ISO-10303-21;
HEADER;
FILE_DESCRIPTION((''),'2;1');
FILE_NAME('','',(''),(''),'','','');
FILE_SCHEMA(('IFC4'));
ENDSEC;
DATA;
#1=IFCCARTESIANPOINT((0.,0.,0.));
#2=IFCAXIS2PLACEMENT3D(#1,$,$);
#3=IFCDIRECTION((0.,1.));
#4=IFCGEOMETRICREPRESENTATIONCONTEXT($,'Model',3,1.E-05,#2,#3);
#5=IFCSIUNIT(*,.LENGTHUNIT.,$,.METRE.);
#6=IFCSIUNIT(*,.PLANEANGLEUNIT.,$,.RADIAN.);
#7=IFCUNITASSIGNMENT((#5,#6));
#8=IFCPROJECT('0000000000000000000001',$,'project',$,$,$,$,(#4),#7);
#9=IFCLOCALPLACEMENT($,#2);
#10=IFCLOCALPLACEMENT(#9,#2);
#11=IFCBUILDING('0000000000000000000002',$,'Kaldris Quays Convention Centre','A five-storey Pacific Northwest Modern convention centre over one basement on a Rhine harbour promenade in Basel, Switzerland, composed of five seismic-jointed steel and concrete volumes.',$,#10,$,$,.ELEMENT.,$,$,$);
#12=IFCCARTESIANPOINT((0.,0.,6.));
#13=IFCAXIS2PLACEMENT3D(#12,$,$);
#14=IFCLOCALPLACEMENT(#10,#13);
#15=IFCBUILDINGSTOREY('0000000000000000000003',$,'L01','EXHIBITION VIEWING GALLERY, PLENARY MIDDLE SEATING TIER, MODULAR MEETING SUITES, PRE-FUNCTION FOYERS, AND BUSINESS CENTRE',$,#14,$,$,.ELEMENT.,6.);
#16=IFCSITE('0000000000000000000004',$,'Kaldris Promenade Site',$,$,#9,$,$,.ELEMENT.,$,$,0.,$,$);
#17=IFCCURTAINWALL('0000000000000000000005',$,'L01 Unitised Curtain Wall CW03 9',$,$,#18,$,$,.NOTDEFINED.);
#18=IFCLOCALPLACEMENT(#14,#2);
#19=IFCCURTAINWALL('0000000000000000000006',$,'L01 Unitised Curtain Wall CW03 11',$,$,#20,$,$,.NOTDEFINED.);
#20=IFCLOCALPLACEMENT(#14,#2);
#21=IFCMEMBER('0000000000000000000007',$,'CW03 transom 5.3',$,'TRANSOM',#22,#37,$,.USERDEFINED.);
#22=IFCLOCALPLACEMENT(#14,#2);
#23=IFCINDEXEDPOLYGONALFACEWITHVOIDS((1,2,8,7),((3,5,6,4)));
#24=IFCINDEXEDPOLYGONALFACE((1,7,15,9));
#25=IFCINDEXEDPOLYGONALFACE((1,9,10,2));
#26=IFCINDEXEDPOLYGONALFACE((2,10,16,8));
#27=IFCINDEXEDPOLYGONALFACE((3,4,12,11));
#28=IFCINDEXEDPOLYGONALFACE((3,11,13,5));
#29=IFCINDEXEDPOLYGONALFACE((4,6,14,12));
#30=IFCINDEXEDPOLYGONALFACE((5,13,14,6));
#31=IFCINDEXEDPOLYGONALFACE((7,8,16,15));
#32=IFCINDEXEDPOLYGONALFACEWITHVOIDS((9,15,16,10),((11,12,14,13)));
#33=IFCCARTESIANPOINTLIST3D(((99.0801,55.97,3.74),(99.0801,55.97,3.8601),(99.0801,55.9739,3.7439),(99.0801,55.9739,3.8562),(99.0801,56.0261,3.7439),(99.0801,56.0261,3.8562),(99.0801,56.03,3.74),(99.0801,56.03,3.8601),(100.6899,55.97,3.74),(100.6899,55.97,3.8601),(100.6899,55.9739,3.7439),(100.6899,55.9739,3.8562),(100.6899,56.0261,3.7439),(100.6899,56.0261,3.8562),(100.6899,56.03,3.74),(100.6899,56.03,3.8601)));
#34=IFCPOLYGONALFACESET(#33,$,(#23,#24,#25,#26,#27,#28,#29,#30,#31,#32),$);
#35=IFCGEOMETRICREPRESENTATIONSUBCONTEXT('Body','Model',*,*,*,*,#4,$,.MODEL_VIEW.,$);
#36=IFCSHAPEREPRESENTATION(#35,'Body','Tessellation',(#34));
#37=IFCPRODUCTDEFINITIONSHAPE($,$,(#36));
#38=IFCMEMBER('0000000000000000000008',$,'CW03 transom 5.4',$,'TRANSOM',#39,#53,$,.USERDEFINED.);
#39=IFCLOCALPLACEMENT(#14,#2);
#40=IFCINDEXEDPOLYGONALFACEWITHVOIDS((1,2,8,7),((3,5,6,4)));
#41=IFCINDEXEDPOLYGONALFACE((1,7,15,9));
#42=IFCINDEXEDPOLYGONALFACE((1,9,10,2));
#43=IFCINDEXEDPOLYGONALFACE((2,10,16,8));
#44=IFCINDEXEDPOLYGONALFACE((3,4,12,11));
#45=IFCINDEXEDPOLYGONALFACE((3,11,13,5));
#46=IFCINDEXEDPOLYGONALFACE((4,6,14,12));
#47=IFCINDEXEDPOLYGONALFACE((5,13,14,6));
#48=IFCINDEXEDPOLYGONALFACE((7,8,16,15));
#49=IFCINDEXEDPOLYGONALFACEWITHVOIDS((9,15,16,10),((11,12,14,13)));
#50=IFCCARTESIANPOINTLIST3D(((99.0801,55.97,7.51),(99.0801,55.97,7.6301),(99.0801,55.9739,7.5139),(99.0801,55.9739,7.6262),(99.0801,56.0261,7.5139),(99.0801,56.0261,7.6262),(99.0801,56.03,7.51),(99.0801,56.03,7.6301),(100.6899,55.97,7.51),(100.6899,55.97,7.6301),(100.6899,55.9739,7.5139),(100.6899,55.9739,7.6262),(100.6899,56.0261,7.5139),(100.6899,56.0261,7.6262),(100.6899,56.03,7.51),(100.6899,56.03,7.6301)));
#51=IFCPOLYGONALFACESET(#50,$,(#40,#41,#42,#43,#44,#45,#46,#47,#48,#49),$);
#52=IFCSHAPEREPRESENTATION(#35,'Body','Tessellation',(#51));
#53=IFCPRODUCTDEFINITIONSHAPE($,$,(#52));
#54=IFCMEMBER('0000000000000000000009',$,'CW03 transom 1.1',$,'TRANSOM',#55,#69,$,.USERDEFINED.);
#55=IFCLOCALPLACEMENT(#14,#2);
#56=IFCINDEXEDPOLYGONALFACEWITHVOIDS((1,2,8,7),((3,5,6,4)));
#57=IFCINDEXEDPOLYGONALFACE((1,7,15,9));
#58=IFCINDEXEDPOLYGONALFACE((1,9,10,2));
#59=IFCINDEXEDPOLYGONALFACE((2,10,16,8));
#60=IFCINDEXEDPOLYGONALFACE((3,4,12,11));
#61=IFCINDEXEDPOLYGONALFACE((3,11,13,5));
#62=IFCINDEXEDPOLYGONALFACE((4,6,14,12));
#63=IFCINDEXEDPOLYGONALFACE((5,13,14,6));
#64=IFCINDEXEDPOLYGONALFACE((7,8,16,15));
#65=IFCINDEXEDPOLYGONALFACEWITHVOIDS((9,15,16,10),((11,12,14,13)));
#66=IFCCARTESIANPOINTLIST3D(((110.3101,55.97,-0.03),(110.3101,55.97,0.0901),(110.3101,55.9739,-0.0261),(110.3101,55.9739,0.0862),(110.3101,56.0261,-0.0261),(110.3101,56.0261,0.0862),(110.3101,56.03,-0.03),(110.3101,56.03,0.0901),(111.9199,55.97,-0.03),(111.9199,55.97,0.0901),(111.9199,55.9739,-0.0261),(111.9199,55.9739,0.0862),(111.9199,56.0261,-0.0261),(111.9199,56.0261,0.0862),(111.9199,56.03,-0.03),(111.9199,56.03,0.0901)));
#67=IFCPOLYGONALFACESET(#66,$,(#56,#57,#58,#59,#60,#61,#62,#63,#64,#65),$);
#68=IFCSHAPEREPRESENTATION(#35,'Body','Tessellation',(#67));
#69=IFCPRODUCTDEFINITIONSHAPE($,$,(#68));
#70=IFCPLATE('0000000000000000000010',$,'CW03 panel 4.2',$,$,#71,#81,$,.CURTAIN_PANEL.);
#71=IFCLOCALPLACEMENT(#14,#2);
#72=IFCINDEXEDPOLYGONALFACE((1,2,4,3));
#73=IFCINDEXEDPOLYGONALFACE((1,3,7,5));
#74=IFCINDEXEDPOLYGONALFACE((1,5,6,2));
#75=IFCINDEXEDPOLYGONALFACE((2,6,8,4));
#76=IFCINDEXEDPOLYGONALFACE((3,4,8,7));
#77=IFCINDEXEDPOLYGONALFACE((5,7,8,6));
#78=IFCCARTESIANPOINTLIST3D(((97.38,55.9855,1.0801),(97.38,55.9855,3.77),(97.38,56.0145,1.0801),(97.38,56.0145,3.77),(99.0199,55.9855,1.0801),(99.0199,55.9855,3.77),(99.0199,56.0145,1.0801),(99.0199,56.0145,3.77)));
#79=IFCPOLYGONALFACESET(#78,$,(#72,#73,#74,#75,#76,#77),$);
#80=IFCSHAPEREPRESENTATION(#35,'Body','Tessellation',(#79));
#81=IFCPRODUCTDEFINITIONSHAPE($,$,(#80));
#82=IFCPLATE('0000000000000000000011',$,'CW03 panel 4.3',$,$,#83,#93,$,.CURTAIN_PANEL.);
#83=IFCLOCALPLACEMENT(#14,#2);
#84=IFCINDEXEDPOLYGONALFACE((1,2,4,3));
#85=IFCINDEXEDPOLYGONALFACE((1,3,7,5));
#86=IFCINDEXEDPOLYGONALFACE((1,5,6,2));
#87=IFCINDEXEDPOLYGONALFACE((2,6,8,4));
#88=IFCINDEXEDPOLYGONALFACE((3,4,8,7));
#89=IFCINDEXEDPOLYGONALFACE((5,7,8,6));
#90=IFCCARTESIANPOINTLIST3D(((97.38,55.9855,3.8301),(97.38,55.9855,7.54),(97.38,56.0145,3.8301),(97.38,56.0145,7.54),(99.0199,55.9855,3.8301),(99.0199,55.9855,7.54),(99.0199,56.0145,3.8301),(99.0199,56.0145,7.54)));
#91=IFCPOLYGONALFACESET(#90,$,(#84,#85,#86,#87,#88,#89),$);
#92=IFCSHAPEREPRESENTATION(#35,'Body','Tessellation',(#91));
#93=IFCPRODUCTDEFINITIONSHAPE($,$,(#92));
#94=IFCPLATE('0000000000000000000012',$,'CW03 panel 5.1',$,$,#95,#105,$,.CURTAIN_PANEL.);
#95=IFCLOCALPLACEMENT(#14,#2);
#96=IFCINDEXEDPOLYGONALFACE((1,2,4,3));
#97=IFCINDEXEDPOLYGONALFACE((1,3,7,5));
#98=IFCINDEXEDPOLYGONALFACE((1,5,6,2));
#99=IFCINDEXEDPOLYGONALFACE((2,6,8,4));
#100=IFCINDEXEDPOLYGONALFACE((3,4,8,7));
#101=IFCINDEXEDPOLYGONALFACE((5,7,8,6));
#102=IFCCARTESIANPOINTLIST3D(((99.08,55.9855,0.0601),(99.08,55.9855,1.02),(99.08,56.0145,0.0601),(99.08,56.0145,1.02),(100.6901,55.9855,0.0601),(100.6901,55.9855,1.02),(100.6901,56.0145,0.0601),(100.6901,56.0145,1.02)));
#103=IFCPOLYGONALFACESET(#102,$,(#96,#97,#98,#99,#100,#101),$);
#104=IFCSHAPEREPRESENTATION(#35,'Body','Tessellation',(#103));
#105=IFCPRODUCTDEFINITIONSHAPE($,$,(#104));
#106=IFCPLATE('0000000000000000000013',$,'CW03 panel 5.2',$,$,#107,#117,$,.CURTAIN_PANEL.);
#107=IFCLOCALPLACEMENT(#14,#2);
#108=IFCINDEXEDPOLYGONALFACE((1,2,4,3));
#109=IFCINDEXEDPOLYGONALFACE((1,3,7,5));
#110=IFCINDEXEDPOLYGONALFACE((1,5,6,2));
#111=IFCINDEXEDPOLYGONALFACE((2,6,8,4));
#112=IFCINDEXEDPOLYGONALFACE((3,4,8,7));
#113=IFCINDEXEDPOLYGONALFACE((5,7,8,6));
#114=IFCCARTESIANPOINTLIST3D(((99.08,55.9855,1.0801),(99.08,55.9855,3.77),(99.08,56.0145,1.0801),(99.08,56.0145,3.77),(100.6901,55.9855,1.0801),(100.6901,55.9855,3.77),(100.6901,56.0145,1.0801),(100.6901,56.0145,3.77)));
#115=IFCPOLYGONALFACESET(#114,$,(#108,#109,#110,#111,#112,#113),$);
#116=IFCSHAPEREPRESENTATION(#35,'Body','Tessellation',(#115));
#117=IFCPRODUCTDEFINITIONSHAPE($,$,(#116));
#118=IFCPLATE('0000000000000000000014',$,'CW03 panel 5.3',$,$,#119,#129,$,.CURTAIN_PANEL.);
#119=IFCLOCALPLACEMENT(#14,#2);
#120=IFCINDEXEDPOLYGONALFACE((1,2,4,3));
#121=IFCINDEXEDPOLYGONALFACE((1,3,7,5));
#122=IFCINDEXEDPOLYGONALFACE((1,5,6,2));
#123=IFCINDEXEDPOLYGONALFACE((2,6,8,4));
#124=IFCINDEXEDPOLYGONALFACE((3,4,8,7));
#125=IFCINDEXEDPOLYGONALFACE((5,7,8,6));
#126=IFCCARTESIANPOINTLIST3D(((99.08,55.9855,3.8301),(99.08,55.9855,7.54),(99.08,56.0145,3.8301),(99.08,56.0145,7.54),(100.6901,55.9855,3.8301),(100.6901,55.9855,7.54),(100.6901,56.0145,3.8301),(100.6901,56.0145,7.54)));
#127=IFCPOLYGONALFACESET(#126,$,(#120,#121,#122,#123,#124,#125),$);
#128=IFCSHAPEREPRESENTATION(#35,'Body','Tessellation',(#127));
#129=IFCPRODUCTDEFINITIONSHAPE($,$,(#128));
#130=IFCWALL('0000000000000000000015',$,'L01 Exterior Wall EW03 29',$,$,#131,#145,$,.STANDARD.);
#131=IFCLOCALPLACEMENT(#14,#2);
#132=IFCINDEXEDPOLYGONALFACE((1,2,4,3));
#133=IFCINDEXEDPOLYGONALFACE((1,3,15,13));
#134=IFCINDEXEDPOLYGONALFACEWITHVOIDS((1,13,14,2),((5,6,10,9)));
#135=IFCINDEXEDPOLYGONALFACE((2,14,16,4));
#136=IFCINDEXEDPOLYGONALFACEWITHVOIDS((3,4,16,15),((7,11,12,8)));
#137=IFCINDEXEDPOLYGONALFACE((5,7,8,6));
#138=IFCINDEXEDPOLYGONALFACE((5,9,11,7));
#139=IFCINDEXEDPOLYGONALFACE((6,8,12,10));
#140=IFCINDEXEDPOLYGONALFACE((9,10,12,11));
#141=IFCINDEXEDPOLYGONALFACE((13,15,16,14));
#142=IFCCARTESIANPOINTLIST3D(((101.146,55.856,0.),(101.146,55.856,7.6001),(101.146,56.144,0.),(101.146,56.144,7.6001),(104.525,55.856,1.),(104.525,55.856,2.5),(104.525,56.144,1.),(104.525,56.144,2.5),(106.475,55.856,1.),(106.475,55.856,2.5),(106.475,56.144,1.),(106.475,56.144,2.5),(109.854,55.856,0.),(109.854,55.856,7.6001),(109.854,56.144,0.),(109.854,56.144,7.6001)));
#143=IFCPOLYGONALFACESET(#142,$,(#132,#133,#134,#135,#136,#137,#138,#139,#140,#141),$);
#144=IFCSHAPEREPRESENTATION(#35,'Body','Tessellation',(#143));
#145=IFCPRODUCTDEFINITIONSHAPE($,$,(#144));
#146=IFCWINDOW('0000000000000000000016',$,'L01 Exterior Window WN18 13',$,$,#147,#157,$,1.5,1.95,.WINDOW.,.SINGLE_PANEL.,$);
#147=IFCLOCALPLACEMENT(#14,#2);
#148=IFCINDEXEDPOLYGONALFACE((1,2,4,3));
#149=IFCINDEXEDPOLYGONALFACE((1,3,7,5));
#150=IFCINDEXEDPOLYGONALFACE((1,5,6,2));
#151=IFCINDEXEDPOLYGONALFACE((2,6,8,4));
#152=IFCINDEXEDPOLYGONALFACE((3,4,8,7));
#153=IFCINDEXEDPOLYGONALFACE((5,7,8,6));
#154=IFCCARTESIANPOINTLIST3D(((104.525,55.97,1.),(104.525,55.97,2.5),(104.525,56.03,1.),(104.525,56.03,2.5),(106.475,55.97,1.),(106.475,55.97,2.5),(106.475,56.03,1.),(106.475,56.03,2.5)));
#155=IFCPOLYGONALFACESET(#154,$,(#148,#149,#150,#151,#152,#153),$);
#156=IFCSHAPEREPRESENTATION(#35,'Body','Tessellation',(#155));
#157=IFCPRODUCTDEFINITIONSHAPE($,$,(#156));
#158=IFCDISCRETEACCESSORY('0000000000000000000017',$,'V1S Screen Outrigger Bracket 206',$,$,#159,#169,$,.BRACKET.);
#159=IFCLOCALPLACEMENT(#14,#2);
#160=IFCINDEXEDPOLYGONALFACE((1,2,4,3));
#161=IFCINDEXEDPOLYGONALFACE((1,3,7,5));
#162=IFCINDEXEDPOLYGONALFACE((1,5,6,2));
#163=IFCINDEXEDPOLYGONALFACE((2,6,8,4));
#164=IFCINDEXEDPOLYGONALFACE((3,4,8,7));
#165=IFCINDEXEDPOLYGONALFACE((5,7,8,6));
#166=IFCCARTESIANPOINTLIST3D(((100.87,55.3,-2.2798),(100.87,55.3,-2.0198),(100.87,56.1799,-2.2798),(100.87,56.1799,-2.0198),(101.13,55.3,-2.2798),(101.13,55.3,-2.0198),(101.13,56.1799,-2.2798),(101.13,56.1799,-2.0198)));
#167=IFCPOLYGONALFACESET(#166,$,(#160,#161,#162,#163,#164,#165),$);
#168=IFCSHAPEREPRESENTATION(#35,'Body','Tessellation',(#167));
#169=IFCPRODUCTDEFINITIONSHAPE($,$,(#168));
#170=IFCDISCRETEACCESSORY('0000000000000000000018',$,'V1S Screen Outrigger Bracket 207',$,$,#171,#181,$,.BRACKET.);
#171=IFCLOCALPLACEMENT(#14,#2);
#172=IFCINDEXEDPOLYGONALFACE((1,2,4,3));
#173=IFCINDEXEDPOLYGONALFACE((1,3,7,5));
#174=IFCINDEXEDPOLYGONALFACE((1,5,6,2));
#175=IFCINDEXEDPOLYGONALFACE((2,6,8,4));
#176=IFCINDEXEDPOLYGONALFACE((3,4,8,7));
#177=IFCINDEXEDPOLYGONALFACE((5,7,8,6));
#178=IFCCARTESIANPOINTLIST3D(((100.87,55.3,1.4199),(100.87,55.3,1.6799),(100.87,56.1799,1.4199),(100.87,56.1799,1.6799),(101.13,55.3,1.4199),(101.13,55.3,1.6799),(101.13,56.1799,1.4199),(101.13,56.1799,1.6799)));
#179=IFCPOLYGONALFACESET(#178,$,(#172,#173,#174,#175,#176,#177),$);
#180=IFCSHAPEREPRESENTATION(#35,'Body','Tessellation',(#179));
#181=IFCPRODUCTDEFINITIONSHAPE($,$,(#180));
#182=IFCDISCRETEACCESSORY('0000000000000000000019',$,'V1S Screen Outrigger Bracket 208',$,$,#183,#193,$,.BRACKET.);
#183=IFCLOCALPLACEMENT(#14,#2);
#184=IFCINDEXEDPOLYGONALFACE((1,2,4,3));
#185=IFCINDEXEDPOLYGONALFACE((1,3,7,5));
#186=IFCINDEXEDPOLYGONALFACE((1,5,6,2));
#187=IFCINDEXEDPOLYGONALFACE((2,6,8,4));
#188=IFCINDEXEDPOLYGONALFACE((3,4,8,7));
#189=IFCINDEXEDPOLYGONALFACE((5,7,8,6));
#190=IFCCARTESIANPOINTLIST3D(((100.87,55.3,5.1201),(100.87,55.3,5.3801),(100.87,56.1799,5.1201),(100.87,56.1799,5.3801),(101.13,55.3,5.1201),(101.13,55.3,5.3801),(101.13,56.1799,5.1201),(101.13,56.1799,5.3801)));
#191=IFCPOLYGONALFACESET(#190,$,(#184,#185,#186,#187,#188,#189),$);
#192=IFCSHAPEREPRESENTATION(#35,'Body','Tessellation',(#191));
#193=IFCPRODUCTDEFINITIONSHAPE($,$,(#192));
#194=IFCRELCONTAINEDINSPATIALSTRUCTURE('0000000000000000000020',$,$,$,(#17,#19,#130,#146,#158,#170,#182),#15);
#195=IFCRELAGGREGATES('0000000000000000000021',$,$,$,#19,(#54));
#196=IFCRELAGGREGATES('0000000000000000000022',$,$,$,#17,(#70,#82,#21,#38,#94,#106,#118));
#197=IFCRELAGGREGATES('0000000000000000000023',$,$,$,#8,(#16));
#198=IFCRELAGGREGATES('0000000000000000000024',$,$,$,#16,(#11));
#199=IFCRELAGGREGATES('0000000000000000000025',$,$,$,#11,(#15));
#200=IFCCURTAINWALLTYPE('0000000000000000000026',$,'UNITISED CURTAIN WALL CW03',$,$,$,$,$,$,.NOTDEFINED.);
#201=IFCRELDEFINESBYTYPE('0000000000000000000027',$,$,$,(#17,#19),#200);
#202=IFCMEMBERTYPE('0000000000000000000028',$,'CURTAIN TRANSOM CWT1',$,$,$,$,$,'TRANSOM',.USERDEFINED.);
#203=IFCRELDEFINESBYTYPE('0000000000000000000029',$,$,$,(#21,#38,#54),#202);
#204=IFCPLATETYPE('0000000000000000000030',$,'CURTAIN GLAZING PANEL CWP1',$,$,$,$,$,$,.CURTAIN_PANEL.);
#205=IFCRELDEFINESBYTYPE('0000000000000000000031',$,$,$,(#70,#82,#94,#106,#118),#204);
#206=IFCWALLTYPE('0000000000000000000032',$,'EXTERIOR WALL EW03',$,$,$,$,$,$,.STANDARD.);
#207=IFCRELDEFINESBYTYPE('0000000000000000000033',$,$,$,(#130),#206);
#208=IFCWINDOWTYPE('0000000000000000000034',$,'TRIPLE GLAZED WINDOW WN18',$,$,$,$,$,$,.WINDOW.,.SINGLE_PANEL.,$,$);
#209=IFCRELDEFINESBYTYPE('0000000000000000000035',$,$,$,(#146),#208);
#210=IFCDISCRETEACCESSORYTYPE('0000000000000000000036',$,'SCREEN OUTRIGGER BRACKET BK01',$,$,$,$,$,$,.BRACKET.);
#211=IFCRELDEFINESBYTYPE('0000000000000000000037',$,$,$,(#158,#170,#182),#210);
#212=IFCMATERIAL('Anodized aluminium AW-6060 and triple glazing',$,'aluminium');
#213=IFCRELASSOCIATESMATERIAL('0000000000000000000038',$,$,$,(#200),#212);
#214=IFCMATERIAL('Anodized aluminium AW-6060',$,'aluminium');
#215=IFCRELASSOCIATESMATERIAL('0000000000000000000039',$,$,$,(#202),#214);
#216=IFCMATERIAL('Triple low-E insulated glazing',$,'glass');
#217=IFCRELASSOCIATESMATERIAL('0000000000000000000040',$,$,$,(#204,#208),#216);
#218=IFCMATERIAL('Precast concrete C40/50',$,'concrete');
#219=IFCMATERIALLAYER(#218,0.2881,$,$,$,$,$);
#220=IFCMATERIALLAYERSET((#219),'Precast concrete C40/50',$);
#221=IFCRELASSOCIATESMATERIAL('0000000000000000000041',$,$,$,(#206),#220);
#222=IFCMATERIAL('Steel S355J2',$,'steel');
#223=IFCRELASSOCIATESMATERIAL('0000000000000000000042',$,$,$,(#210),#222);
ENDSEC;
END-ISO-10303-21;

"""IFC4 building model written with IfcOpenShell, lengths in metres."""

from ifc_helpers import new_model, si_unit, direction, frame, frame_2d, origin, origin_2d, place, context, subcontext, project, spatial, rectangle, hollow_rectangle, extrude, material, layer, layer_set, material_profile, profile_set, type_object, element, fill, aggregate, save


model = new_model("IFC4")

# Units and contexts
model_context = context("Model", 3, precision=1e-05, world=origin(), true_north=direction((0.0, 1.0)))
body_context = subcontext(model_context, "Body", "Model", "MODEL_VIEW")
ifc_project = project(units=[si_unit("LENGTHUNIT", "METRE"), si_unit("PLANEANGLEUNIT", "RADIAN")], contexts=[model_context])

# Site, building, storey
site_placement = place(None, origin())
site = spatial("IfcSite", under=ifc_project, at=site_placement, Name="Kaldris Promenade Site", CompositionType="ELEMENT", RefElevation=0.0)
building_placement = place(site_placement, origin())
building = spatial("IfcBuilding", under=site, at=building_placement, Name="Kaldris Quays Convention Centre", Description="A five-storey Pacific Northwest Modern convention centre over one basement on a Rhine harbour promenade in Basel, Switzerland, composed of five seismic-jointed steel and concrete volumes.", CompositionType="ELEMENT")
storey_placement = place(building_placement, frame((0.0, 0.0, 6.0)))
storey = spatial("IfcBuildingStorey", under=building, at=storey_placement, Name="L01", Description="EXHIBITION VIEWING GALLERY, PLENARY MIDDLE SEATING TIER, MODULAR MEETING SUITES, PRE-FUNCTION FOYERS, AND BUSINESS CENTRE", CompositionType="ELEMENT", Elevation=6.0)

# Shared definitions
ifc_material_1 = material(Name="Steel S355J2", Category="steel")

# Curtain wall
ifc_material_2 = material(Name="Anodized aluminium AW-6060 and triple glazing", Category="aluminium")
curtain_wall_type = type_object("IfcCurtainWallType", Name="UNITISED CURTAIN WALL CW03", PredefinedType="NOTDEFINED", material=ifc_material_2)
curtain_wall_1_placement = place(storey_placement, origin())
curtain_wall_1 = element("IfcCurtainWall", 1, at=curtain_wall_1_placement, inside=storey, type_object=curtain_wall_type, Name="L01 Unitised Curtain Wall CW03 9", PredefinedType="NOTDEFINED")
ifc_material_3 = material(Name="Anodized aluminium AW-6060", Category="aluminium")

# Curtain wall
curtain_wall_2_placement = place(storey_placement, origin())
curtain_wall_2 = element("IfcCurtainWall", 2, at=curtain_wall_2_placement, inside=storey, type_object=curtain_wall_type, Name="L01 Unitised Curtain Wall CW03 11", PredefinedType="NOTDEFINED")

# Members
ifc_material_profile_1 = material_profile(ifc_material_3, hollow_rectangle(XDim=0.0601, YDim=0.1201, WallThickness=0.0039, at=origin_2d()), Name="RHS 120x60x4")
ifc_profile_set_1 = profile_set([ifc_material_profile_1], Name="Anodized aluminium AW-6060")
member_type_1 = type_object("IfcMemberType", Name="CURTAIN TRANSOM CWT1", ElementType="TRANSOM", PredefinedType="USERDEFINED", material=ifc_profile_set_1)
member_1_placement = place(storey_placement, frame((99.0801, 56.0, 3.8), z_axis=(1.0, 0.0, 0.0), x_axis=(0.0, 1.0, 0.0)))
member_1 = element("IfcMember", 3, at=member_1_placement, type_object=member_type_1, Name="CW03 transom 5.3", ObjectType="TRANSOM", PredefinedType="USERDEFINED", context=body_context, shape_type="SweptSolid", body=[
    extrude(hollow_rectangle(XDim=0.0601, YDim=0.1201, WallThickness=0.0039, at=origin_2d()), origin(), (0.0, 0.0, 1.0), 1.6099),
])
member_2_placement = place(storey_placement, frame((99.0801, 56.0, 7.5701), z_axis=(1.0, 0.0, 0.0), x_axis=(0.0, 1.0, 0.0)))
member_2 = element("IfcMember", 4, at=member_2_placement, type_object=member_type_1, Name="CW03 transom 5.4", ObjectType="TRANSOM", PredefinedType="USERDEFINED", context=body_context, shape_type="SweptSolid", body=[
    extrude(hollow_rectangle(XDim=0.0601, YDim=0.1201, WallThickness=0.0039, at=origin_2d()), origin(), (0.0, 0.0, 1.0), 1.6099),
])
member_3_placement = place(storey_placement, frame((110.3101, 56.0, 0.03), z_axis=(1.0, 0.0, 0.0), x_axis=(0.0, 1.0, 0.0)))
member_3 = element("IfcMember", 5, at=member_3_placement, type_object=member_type_1, Name="CW03 transom 1.1", ObjectType="TRANSOM", PredefinedType="USERDEFINED", context=body_context, shape_type="SweptSolid", body=[
    extrude(hollow_rectangle(XDim=0.0601, YDim=0.1201, WallThickness=0.0039, at=origin_2d()), origin(), (0.0, 0.0, 1.0), 1.6099),
])
aggregate(curtain_wall_2, [member_3])

# Plates
ifc_material_4 = material(Name="Triple low-E insulated glazing", Category="glass")
plate_type = type_object("IfcPlateType", Name="CURTAIN GLAZING PANEL CWP1", PredefinedType="CURTAIN_PANEL", material=ifc_material_4)
plate_1_placement = place(storey_placement, frame((98.2, 56.0, 1.0801), z_axis=(0.0, 0.0, 1.0), x_axis=(1.0, 0.0, 0.0)))
plate_1 = element("IfcPlate", 6, at=plate_1_placement, type_object=plate_type, Name="CW03 panel 4.2", PredefinedType="CURTAIN_PANEL", context=body_context, shape_type="SweptSolid", body=[
    extrude(rectangle(XDim=1.6399, YDim=0.0291, at=origin_2d()), origin(), (0.0, 0.0, 1.0), 2.6899),
])
plate_2_placement = place(storey_placement, frame((98.2, 56.0, 3.8301), z_axis=(0.0, 0.0, 1.0), x_axis=(1.0, 0.0, 0.0)))
plate_2 = element("IfcPlate", 7, at=plate_2_placement, type_object=plate_type, Name="CW03 panel 4.3", PredefinedType="CURTAIN_PANEL", context=body_context, shape_type="SweptSolid", body=[
    extrude(rectangle(XDim=1.6399, YDim=0.0291, at=origin_2d()), origin(), (0.0, 0.0, 1.0), 3.71),
])
plate_3_placement = place(storey_placement, frame((99.885, 56.0, 0.0601), z_axis=(0.0, 0.0, 1.0), x_axis=(1.0, 0.0, 0.0)))
plate_3 = element("IfcPlate", 8, at=plate_3_placement, type_object=plate_type, Name="CW03 panel 5.1", PredefinedType="CURTAIN_PANEL", context=body_context, shape_type="SweptSolid", body=[
    extrude(rectangle(XDim=1.6101, YDim=0.0291, at=origin_2d()), origin(), (0.0, 0.0, 1.0), 0.96),
])
plate_4_placement = place(storey_placement, frame((99.885, 56.0, 1.0801), z_axis=(0.0, 0.0, 1.0), x_axis=(1.0, 0.0, 0.0)))
plate_4 = element("IfcPlate", 9, at=plate_4_placement, type_object=plate_type, Name="CW03 panel 5.2", PredefinedType="CURTAIN_PANEL", context=body_context, shape_type="SweptSolid", body=[
    extrude(rectangle(XDim=1.6101, YDim=0.0291, at=origin_2d()), origin(), (0.0, 0.0, 1.0), 2.6899),
])
plate_5_placement = place(storey_placement, frame((99.885, 56.0, 3.8301), z_axis=(0.0, 0.0, 1.0), x_axis=(1.0, 0.0, 0.0)))
plate_5 = element("IfcPlate", 10, at=plate_5_placement, type_object=plate_type, Name="CW03 panel 5.3", PredefinedType="CURTAIN_PANEL", context=body_context, shape_type="SweptSolid", body=[
    extrude(rectangle(XDim=1.6101, YDim=0.0291, at=origin_2d()), origin(), (0.0, 0.0, 1.0), 3.71),
])
aggregate(curtain_wall_1, [plate_1, plate_2, member_1, member_2, plate_3, plate_4, plate_5])

# Wall, opening, window
ifc_material_5 = material(Name="Precast concrete C40/50", Category="concrete")
ifc_layer = layer(ifc_material_5, 0.2881)
ifc_layer_set = layer_set([ifc_layer], Name="Precast concrete C40/50")
wall_type = type_object("IfcWallType", Name="EXTERIOR WALL EW03", PredefinedType="STANDARD", material=ifc_layer_set)
wall_placement = place(storey_placement, frame((101.146, 56.0, 0.0), z_axis=(0.0, 0.0, 1.0), x_axis=(1.0, 0.0, 0.0)))
wall = element("IfcWall", 11, at=wall_placement, inside=storey, type_object=wall_type, Name="L01 Exterior Wall EW03 29", PredefinedType="STANDARD", context=body_context, shape_type="SweptSolid", body=[
    extrude(rectangle(XDim=8.708, YDim=0.2881, at=frame_2d((4.354, 0.0))), origin(), (0.0, 0.0, 1.0), 7.6001),
])
opening_placement = place(wall_placement, frame((3.3789, 0.0, 1.0)))
opening = element("IfcOpeningElement", 12, at=opening_placement, cuts=wall, PredefinedType="OPENING", context=body_context, shape_type="SweptSolid", body=[
    extrude(rectangle(XDim=1.95, YDim=1.5, at=frame_2d((0.9751, 0.75))), frame((0.0, 0.1541, 0.0), z_axis=(0.0, -1.0, 0.0), x_axis=(1.0, 0.0, 0.0)), (0.0, 0.0, 1.0), 0.3081),
])
window_type = type_object("IfcWindowType", Name="TRIPLE GLAZED WINDOW WN18", PartitioningType="SINGLE_PANEL", PredefinedType="WINDOW", material=ifc_material_4)
window_placement = place(opening_placement, origin())
window = element("IfcWindow", 13, at=window_placement, inside=storey, type_object=window_type, Name="L01 Exterior Window WN18 13", OverallHeight=1.5, OverallWidth=1.95, PartitioningType="SINGLE_PANEL", PredefinedType="WINDOW", context=body_context, shape_type="SweptSolid", body=[
    extrude(rectangle(XDim=1.95, YDim=1.5, at=frame_2d((0.9751, 0.75))), frame((0.0, 0.03, 0.0), z_axis=(0.0, -1.0, 0.0), x_axis=(1.0, 0.0, 0.0)), (0.0, 0.0, 1.0), 0.0601),
])
fill(opening, window)

# Discrete accessories
discrete_accessory_type = type_object("IfcDiscreteAccessoryType", Name="SCREEN OUTRIGGER BRACKET BK01", PredefinedType="BRACKET", material=ifc_material_1)
for number, where, z_axis, x_axis, name in (
    (14, (101.0, 55.74, -2.2798), (0.0, 0.0, 1.0), (1.0, 0.0, 0.0), "V1S Screen Outrigger Bracket 206"),
    (15, (101.0, 55.74, 1.4199), (0.0, 0.0, 1.0), (1.0, 0.0, 0.0), "V1S Screen Outrigger Bracket 207"),
    (16, (101.0, 55.74, 5.1201), (0.0, 0.0, 1.0), (1.0, 0.0, 0.0), "V1S Screen Outrigger Bracket 208"),
):
    element("IfcDiscreteAccessory", number, at=place(storey_placement, frame(where, z_axis=z_axis, x_axis=x_axis)), inside=storey, type_object=discrete_accessory_type, Name=name, PredefinedType="BRACKET", context=body_context, shape_type="SweptSolid", body=[
        extrude(rectangle(XDim=0.26, YDim=0.8799, at=origin_2d()), origin(), (0.0, 0.0, 1.0), 0.26),
    ])

save(model, "model.ifc")
